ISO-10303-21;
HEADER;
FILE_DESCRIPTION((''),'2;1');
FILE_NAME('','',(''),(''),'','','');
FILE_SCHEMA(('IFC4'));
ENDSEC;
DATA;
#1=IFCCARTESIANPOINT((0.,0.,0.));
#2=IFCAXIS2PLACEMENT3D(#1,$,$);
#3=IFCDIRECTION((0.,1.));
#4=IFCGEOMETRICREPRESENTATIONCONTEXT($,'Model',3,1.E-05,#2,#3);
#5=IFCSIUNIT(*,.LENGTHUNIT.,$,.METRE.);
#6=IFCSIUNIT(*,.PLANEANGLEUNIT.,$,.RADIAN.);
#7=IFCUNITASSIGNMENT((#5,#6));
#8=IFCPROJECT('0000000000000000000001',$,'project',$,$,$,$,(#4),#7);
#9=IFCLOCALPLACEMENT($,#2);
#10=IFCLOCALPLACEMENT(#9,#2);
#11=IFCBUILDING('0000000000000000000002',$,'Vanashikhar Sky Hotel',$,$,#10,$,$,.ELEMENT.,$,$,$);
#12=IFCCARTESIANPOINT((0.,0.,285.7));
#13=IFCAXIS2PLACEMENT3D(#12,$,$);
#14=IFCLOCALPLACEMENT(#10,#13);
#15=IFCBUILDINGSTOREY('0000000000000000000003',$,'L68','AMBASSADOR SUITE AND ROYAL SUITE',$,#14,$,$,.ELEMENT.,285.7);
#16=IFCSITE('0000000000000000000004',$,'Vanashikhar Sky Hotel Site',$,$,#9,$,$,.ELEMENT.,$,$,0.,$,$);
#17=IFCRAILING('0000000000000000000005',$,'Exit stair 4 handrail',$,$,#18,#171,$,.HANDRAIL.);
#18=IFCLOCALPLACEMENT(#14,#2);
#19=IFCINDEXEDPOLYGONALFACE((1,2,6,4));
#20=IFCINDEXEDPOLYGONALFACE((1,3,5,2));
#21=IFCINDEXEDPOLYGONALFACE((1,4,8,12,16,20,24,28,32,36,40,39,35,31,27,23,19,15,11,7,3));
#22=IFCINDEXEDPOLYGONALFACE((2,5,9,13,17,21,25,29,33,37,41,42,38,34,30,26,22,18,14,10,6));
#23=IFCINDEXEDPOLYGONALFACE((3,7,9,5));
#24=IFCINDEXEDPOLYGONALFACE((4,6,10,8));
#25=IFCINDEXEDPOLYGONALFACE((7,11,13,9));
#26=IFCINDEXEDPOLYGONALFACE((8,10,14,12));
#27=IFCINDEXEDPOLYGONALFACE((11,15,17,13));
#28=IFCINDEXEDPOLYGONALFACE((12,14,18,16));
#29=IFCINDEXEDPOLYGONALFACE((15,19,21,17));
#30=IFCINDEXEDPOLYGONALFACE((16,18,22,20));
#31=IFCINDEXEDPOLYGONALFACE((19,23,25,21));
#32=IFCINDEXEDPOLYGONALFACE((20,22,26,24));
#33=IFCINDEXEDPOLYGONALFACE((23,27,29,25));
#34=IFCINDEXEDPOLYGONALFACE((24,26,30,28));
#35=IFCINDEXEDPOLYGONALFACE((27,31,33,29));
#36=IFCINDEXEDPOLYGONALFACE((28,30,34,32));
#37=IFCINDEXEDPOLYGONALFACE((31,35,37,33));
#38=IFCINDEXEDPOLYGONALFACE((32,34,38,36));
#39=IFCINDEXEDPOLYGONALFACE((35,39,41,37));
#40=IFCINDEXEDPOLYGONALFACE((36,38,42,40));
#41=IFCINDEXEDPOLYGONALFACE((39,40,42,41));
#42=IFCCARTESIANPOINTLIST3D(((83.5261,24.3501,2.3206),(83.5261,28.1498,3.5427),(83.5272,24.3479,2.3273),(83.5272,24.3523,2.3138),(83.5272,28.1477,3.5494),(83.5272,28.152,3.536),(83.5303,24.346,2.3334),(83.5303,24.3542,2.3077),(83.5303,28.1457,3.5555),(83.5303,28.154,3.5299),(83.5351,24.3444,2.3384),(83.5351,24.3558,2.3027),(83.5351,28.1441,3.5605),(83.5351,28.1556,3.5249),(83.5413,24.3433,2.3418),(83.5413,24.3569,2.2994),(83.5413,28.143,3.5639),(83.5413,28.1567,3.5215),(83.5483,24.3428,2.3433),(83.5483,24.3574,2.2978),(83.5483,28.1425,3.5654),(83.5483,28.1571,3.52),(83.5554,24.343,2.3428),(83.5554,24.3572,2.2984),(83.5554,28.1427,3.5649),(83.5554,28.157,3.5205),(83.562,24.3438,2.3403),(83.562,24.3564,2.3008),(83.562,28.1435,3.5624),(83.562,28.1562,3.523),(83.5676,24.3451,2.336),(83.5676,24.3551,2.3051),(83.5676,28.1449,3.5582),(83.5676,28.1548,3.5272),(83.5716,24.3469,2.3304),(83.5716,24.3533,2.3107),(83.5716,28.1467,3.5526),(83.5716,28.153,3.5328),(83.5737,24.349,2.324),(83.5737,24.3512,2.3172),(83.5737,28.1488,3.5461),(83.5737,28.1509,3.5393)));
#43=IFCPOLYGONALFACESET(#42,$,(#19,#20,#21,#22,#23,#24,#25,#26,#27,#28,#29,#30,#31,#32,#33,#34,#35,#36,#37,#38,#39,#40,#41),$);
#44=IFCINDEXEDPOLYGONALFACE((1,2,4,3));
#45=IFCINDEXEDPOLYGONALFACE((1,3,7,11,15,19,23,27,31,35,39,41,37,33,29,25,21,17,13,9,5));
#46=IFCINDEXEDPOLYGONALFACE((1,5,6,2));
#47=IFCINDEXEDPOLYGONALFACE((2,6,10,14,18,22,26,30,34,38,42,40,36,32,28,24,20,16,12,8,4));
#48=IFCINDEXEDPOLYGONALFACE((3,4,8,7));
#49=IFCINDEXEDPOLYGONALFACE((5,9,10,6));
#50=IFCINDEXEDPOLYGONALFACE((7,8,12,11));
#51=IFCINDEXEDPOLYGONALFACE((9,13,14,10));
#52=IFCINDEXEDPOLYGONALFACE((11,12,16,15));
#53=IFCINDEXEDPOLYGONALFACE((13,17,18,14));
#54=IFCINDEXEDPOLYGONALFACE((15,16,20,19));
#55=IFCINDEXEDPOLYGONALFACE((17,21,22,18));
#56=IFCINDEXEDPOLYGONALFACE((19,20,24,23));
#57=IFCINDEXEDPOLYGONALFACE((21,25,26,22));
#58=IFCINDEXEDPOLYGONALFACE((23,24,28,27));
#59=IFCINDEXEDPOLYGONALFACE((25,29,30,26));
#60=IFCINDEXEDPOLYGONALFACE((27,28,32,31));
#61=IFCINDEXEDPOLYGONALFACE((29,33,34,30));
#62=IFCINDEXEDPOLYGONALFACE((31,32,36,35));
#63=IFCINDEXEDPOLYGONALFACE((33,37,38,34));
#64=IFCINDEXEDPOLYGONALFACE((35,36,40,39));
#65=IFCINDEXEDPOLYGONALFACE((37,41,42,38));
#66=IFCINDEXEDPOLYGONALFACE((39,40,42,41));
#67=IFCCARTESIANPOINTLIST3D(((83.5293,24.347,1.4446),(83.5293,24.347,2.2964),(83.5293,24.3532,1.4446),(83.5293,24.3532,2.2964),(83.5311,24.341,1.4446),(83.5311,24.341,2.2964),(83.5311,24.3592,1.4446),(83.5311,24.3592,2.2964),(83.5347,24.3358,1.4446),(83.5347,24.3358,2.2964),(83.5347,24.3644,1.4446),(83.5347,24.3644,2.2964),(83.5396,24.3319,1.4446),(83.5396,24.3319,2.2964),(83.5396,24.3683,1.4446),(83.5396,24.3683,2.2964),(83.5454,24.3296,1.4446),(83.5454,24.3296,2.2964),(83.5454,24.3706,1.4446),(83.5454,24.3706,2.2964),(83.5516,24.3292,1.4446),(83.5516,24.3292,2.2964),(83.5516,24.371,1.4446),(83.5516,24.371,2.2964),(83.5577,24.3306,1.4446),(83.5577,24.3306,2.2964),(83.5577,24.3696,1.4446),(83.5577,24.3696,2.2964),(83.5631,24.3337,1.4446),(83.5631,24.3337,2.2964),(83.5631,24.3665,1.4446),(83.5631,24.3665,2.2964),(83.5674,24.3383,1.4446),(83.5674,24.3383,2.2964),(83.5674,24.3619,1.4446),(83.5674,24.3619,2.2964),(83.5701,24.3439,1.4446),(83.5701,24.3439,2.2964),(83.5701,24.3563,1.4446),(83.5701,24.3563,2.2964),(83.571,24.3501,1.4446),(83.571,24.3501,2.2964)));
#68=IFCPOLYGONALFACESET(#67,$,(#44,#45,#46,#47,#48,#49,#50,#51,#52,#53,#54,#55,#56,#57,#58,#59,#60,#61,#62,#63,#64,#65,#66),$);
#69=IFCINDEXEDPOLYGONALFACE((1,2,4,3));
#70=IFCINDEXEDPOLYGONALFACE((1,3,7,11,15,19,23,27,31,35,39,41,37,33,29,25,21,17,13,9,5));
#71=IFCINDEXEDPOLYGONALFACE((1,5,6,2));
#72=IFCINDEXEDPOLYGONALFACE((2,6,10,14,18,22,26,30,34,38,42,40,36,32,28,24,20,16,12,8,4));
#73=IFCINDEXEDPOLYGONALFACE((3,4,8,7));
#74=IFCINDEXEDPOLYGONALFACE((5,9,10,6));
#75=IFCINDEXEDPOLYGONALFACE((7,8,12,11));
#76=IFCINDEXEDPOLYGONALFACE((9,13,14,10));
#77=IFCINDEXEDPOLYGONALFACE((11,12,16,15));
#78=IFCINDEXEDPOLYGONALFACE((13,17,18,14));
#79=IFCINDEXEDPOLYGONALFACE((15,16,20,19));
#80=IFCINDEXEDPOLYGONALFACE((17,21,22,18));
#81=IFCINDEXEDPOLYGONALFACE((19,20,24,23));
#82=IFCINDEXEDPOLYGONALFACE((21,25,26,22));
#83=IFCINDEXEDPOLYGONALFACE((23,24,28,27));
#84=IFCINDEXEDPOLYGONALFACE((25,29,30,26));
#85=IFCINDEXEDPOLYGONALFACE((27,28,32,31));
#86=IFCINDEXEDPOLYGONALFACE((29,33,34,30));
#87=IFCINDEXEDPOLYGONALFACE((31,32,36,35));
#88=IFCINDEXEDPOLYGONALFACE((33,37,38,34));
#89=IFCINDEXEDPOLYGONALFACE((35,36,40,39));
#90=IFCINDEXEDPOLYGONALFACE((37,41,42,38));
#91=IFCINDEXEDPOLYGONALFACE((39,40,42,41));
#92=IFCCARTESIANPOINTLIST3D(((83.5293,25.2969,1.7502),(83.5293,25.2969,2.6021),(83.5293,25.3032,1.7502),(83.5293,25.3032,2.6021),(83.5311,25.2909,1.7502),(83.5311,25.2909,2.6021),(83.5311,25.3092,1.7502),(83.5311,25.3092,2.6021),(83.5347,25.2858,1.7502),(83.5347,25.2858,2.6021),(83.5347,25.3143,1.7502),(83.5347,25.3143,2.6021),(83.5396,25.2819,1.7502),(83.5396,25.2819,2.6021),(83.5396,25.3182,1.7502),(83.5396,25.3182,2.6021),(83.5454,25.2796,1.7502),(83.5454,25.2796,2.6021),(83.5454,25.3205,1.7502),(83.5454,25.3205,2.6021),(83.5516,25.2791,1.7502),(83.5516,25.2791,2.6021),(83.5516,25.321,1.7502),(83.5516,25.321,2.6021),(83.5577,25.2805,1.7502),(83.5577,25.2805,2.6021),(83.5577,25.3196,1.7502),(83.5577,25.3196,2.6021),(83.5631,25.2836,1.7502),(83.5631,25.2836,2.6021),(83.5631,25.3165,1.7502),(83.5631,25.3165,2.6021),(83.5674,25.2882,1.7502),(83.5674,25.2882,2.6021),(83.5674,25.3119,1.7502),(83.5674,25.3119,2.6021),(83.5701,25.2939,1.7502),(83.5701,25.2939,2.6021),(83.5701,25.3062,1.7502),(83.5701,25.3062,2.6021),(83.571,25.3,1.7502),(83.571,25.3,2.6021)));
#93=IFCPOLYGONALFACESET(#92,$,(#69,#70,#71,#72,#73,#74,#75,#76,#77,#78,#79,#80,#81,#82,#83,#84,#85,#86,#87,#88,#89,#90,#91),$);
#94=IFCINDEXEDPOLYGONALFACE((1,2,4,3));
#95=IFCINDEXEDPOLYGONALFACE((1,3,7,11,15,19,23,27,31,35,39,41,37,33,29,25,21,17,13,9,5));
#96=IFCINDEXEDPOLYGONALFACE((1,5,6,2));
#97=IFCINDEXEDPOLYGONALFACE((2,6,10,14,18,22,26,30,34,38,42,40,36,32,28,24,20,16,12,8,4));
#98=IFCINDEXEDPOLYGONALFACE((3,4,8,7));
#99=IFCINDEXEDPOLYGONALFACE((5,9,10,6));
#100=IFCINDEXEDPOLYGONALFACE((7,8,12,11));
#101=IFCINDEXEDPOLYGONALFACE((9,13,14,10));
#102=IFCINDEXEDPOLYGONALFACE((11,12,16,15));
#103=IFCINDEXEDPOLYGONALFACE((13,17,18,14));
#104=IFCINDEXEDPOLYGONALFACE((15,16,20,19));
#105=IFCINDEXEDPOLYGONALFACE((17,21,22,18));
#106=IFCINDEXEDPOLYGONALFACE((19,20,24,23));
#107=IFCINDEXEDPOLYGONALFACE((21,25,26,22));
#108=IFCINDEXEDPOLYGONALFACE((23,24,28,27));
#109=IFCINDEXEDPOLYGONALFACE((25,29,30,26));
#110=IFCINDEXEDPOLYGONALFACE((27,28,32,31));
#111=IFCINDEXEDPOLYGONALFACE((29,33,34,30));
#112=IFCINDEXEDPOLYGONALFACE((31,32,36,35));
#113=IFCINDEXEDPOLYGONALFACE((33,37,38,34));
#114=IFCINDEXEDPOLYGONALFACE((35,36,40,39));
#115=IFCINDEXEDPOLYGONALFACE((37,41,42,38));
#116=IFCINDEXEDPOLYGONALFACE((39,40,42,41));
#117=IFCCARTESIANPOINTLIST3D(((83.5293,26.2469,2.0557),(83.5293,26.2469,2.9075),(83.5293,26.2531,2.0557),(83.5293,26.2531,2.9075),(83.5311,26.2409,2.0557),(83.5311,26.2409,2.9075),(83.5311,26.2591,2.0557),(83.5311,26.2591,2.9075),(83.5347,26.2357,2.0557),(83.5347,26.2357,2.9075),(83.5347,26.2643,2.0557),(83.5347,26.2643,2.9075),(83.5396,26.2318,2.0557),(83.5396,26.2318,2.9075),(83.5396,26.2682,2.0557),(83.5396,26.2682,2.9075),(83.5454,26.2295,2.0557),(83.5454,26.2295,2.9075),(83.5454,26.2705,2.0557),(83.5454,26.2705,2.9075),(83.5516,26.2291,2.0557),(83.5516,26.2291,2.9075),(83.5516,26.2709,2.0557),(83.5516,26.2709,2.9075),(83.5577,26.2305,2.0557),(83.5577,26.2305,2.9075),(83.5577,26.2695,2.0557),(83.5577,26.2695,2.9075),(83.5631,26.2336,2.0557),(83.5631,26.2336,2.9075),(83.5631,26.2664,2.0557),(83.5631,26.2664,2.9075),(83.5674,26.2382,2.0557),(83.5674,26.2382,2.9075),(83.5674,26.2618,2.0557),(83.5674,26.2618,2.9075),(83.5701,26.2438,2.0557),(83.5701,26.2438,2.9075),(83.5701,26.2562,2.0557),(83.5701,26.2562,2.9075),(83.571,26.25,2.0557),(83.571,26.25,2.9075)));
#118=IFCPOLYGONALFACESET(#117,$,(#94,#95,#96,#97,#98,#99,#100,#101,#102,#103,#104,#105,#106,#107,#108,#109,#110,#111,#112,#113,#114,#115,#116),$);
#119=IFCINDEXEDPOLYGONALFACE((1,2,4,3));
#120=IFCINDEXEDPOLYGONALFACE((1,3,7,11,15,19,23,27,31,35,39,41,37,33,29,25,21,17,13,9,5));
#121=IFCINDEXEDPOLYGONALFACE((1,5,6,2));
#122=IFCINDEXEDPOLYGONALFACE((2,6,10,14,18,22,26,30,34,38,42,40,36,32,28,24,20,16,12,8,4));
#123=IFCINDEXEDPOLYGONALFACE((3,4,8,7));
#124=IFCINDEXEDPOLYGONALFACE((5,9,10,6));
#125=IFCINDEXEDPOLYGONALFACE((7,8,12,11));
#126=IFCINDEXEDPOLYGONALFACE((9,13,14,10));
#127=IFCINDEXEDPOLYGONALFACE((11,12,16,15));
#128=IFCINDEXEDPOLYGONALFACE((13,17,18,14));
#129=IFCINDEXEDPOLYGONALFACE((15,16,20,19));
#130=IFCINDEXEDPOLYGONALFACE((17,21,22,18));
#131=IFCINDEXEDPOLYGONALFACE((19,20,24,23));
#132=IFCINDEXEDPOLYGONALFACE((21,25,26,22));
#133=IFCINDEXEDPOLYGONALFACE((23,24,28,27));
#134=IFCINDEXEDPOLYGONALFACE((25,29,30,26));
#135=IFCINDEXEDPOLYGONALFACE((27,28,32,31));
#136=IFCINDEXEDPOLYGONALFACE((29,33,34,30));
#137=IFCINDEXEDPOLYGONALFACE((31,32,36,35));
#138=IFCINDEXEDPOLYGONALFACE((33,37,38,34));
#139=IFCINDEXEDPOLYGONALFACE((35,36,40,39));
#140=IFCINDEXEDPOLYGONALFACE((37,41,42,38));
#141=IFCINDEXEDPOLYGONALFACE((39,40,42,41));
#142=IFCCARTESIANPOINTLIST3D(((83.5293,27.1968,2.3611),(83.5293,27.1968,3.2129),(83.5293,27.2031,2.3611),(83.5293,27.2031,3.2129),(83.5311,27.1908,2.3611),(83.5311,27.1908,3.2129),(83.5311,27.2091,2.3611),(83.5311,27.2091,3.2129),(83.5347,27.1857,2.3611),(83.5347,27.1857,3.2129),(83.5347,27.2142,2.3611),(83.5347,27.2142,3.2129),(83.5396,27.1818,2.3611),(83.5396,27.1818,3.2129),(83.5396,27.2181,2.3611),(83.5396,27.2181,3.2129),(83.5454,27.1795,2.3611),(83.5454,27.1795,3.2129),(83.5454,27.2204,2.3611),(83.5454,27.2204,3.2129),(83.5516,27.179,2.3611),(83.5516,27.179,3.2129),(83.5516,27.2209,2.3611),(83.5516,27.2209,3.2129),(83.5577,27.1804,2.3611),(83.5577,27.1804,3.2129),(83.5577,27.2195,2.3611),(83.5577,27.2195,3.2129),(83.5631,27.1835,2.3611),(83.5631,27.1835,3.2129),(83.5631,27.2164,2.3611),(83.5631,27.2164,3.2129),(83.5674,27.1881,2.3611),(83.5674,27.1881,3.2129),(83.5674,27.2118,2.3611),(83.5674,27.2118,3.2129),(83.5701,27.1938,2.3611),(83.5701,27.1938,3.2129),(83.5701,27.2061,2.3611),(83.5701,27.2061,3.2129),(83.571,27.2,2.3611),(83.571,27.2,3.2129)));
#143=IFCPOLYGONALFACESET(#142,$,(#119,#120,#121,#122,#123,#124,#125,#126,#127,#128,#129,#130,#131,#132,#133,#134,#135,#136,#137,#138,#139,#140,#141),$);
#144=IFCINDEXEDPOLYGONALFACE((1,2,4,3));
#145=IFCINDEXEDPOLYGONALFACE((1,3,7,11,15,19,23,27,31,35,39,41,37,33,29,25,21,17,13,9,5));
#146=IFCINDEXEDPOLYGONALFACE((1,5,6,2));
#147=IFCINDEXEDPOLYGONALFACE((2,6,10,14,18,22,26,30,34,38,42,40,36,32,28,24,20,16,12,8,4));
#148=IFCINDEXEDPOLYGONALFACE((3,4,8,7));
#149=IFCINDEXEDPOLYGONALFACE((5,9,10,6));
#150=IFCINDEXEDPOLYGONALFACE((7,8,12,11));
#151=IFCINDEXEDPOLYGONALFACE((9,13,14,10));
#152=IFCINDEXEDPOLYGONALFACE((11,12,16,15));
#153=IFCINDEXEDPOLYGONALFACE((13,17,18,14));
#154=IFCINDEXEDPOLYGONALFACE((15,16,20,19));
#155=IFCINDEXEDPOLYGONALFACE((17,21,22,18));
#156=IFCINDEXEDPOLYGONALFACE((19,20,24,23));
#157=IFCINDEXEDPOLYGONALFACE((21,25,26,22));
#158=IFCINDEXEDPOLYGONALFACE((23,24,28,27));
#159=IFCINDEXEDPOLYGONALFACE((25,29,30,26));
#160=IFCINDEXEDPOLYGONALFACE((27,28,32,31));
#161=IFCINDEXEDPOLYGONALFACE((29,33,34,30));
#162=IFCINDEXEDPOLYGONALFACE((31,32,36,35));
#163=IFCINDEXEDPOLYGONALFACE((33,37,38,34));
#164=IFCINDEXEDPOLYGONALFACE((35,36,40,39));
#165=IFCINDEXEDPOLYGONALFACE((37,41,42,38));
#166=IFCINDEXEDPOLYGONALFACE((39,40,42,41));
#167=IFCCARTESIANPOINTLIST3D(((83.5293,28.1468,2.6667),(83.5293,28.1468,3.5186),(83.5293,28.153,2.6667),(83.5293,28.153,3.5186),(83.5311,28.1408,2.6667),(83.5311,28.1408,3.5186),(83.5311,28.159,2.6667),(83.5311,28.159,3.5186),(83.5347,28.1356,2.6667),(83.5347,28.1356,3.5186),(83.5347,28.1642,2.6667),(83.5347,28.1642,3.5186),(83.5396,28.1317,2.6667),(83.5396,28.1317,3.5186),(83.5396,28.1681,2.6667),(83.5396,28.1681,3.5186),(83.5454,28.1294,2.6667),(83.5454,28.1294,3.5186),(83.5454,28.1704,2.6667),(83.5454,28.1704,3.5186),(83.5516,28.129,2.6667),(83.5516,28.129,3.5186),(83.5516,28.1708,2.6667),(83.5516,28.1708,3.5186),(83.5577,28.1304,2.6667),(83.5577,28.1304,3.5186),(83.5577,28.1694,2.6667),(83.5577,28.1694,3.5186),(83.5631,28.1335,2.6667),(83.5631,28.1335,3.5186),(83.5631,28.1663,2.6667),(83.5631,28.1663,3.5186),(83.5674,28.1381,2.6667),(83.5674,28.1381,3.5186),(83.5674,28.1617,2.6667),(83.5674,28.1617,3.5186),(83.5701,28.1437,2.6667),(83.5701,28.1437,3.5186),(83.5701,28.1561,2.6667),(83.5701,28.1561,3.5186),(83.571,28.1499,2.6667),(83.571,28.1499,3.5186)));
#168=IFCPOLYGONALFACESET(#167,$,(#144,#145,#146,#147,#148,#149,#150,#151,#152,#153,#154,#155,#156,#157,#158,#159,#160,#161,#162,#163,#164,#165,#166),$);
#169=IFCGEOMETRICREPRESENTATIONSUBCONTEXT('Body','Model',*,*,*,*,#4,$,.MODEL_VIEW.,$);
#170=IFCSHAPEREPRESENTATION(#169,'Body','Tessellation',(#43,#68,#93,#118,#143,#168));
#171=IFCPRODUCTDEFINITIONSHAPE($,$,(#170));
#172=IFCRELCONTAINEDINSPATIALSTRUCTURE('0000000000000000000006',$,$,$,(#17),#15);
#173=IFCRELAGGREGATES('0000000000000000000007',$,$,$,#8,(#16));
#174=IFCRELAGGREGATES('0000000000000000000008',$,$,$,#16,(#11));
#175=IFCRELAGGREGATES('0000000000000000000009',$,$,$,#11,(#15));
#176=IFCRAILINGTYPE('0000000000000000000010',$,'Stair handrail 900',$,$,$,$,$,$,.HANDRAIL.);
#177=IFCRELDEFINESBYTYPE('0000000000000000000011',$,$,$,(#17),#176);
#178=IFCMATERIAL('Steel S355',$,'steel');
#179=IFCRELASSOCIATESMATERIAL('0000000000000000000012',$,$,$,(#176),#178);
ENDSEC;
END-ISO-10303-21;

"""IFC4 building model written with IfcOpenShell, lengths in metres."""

from ifc_helpers import new_model, si_unit, direction, frame, origin, origin_2d, place, context, subcontext, project, spatial, circle, extrude, source, transform, mapped, material, type_object, element, save


model = new_model("IFC4")

# Units and contexts
model_context = context("Model", 3, precision=1e-05, world=origin(), true_north=direction((0.0, 1.0)))
body_context = subcontext(model_context, "Body", "Model", "MODEL_VIEW")
ifc_project = project(units=[si_unit("LENGTHUNIT", "METRE"), si_unit("PLANEANGLEUNIT", "RADIAN")], contexts=[model_context])

# Site, building, storey
site_placement = place(None, origin())
site = spatial("IfcSite", under=ifc_project, at=site_placement, Name="Vanashikhar Sky Hotel Site", CompositionType="ELEMENT", RefElevation=0.0)
building_placement = place(site_placement, origin())
building = spatial("IfcBuilding", under=site, at=building_placement, Name="Vanashikhar Sky Hotel", CompositionType="ELEMENT")
storey_placement = place(building_placement, frame((0.0, 0.0, 285.7)))
storey = spatial("IfcBuildingStorey", under=building, at=storey_placement, Name="L68", Description="AMBASSADOR SUITE AND ROYAL SUITE", CompositionType="ELEMENT", Elevation=285.7)

# Railing
ifc_material_1 = material(Name="Steel S355", Category="steel")
railing_type_1 = type_object("IfcRailingType", Name="Stair handrail 900", PredefinedType="HANDRAIL", material=ifc_material_1)
shared_shape_1 = source(origin(), body_context, "Body", "SweptSolid", [
    extrude(circle(Radius=0.0239, at=origin_2d()), frame((0.0, 0.0, 0.876), z_axis=(0.0, 0.95197, 0.306191), x_axis=(-1.0, 0.0, 0.0)), (0.0, 0.0, 1.0), 3.9915),
    extrude(circle(Radius=0.021, at=origin_2d()), origin(), (0.0, 0.0, 1.0), 0.8518),
    extrude(circle(Radius=0.021, at=origin_2d()), frame((0.0, 0.95, 0.3057)), (0.0, 0.0, 1.0), 0.8518),
    extrude(circle(Radius=0.021, at=origin_2d()), frame((0.0, 1.8999, 0.6111)), (0.0, 0.0, 1.0), 0.8518),
    extrude(circle(Radius=0.021, at=origin_2d()), frame((0.0, 2.8499, 0.9165)), (0.0, 0.0, 1.0), 0.8518),
    extrude(circle(Radius=0.021, at=origin_2d()), frame((0.0, 3.7998, 1.2222)), (0.0, 0.0, 1.0), 0.8518),
])
railing_1_placement = place(storey_placement, frame((83.55, 24.3501, 1.4446)))
element("IfcRailing", 1, at=railing_1_placement, inside=storey, type_object=railing_type_1, Name="Exit stair 4 handrail", PredefinedType="HANDRAIL", context=body_context, shape_type="MappedRepresentation", body=[
    mapped(shared_shape_1, transform((0.0, 0.0, 0.0), scale=1.0)),
])

save(model, "model.ifc")
